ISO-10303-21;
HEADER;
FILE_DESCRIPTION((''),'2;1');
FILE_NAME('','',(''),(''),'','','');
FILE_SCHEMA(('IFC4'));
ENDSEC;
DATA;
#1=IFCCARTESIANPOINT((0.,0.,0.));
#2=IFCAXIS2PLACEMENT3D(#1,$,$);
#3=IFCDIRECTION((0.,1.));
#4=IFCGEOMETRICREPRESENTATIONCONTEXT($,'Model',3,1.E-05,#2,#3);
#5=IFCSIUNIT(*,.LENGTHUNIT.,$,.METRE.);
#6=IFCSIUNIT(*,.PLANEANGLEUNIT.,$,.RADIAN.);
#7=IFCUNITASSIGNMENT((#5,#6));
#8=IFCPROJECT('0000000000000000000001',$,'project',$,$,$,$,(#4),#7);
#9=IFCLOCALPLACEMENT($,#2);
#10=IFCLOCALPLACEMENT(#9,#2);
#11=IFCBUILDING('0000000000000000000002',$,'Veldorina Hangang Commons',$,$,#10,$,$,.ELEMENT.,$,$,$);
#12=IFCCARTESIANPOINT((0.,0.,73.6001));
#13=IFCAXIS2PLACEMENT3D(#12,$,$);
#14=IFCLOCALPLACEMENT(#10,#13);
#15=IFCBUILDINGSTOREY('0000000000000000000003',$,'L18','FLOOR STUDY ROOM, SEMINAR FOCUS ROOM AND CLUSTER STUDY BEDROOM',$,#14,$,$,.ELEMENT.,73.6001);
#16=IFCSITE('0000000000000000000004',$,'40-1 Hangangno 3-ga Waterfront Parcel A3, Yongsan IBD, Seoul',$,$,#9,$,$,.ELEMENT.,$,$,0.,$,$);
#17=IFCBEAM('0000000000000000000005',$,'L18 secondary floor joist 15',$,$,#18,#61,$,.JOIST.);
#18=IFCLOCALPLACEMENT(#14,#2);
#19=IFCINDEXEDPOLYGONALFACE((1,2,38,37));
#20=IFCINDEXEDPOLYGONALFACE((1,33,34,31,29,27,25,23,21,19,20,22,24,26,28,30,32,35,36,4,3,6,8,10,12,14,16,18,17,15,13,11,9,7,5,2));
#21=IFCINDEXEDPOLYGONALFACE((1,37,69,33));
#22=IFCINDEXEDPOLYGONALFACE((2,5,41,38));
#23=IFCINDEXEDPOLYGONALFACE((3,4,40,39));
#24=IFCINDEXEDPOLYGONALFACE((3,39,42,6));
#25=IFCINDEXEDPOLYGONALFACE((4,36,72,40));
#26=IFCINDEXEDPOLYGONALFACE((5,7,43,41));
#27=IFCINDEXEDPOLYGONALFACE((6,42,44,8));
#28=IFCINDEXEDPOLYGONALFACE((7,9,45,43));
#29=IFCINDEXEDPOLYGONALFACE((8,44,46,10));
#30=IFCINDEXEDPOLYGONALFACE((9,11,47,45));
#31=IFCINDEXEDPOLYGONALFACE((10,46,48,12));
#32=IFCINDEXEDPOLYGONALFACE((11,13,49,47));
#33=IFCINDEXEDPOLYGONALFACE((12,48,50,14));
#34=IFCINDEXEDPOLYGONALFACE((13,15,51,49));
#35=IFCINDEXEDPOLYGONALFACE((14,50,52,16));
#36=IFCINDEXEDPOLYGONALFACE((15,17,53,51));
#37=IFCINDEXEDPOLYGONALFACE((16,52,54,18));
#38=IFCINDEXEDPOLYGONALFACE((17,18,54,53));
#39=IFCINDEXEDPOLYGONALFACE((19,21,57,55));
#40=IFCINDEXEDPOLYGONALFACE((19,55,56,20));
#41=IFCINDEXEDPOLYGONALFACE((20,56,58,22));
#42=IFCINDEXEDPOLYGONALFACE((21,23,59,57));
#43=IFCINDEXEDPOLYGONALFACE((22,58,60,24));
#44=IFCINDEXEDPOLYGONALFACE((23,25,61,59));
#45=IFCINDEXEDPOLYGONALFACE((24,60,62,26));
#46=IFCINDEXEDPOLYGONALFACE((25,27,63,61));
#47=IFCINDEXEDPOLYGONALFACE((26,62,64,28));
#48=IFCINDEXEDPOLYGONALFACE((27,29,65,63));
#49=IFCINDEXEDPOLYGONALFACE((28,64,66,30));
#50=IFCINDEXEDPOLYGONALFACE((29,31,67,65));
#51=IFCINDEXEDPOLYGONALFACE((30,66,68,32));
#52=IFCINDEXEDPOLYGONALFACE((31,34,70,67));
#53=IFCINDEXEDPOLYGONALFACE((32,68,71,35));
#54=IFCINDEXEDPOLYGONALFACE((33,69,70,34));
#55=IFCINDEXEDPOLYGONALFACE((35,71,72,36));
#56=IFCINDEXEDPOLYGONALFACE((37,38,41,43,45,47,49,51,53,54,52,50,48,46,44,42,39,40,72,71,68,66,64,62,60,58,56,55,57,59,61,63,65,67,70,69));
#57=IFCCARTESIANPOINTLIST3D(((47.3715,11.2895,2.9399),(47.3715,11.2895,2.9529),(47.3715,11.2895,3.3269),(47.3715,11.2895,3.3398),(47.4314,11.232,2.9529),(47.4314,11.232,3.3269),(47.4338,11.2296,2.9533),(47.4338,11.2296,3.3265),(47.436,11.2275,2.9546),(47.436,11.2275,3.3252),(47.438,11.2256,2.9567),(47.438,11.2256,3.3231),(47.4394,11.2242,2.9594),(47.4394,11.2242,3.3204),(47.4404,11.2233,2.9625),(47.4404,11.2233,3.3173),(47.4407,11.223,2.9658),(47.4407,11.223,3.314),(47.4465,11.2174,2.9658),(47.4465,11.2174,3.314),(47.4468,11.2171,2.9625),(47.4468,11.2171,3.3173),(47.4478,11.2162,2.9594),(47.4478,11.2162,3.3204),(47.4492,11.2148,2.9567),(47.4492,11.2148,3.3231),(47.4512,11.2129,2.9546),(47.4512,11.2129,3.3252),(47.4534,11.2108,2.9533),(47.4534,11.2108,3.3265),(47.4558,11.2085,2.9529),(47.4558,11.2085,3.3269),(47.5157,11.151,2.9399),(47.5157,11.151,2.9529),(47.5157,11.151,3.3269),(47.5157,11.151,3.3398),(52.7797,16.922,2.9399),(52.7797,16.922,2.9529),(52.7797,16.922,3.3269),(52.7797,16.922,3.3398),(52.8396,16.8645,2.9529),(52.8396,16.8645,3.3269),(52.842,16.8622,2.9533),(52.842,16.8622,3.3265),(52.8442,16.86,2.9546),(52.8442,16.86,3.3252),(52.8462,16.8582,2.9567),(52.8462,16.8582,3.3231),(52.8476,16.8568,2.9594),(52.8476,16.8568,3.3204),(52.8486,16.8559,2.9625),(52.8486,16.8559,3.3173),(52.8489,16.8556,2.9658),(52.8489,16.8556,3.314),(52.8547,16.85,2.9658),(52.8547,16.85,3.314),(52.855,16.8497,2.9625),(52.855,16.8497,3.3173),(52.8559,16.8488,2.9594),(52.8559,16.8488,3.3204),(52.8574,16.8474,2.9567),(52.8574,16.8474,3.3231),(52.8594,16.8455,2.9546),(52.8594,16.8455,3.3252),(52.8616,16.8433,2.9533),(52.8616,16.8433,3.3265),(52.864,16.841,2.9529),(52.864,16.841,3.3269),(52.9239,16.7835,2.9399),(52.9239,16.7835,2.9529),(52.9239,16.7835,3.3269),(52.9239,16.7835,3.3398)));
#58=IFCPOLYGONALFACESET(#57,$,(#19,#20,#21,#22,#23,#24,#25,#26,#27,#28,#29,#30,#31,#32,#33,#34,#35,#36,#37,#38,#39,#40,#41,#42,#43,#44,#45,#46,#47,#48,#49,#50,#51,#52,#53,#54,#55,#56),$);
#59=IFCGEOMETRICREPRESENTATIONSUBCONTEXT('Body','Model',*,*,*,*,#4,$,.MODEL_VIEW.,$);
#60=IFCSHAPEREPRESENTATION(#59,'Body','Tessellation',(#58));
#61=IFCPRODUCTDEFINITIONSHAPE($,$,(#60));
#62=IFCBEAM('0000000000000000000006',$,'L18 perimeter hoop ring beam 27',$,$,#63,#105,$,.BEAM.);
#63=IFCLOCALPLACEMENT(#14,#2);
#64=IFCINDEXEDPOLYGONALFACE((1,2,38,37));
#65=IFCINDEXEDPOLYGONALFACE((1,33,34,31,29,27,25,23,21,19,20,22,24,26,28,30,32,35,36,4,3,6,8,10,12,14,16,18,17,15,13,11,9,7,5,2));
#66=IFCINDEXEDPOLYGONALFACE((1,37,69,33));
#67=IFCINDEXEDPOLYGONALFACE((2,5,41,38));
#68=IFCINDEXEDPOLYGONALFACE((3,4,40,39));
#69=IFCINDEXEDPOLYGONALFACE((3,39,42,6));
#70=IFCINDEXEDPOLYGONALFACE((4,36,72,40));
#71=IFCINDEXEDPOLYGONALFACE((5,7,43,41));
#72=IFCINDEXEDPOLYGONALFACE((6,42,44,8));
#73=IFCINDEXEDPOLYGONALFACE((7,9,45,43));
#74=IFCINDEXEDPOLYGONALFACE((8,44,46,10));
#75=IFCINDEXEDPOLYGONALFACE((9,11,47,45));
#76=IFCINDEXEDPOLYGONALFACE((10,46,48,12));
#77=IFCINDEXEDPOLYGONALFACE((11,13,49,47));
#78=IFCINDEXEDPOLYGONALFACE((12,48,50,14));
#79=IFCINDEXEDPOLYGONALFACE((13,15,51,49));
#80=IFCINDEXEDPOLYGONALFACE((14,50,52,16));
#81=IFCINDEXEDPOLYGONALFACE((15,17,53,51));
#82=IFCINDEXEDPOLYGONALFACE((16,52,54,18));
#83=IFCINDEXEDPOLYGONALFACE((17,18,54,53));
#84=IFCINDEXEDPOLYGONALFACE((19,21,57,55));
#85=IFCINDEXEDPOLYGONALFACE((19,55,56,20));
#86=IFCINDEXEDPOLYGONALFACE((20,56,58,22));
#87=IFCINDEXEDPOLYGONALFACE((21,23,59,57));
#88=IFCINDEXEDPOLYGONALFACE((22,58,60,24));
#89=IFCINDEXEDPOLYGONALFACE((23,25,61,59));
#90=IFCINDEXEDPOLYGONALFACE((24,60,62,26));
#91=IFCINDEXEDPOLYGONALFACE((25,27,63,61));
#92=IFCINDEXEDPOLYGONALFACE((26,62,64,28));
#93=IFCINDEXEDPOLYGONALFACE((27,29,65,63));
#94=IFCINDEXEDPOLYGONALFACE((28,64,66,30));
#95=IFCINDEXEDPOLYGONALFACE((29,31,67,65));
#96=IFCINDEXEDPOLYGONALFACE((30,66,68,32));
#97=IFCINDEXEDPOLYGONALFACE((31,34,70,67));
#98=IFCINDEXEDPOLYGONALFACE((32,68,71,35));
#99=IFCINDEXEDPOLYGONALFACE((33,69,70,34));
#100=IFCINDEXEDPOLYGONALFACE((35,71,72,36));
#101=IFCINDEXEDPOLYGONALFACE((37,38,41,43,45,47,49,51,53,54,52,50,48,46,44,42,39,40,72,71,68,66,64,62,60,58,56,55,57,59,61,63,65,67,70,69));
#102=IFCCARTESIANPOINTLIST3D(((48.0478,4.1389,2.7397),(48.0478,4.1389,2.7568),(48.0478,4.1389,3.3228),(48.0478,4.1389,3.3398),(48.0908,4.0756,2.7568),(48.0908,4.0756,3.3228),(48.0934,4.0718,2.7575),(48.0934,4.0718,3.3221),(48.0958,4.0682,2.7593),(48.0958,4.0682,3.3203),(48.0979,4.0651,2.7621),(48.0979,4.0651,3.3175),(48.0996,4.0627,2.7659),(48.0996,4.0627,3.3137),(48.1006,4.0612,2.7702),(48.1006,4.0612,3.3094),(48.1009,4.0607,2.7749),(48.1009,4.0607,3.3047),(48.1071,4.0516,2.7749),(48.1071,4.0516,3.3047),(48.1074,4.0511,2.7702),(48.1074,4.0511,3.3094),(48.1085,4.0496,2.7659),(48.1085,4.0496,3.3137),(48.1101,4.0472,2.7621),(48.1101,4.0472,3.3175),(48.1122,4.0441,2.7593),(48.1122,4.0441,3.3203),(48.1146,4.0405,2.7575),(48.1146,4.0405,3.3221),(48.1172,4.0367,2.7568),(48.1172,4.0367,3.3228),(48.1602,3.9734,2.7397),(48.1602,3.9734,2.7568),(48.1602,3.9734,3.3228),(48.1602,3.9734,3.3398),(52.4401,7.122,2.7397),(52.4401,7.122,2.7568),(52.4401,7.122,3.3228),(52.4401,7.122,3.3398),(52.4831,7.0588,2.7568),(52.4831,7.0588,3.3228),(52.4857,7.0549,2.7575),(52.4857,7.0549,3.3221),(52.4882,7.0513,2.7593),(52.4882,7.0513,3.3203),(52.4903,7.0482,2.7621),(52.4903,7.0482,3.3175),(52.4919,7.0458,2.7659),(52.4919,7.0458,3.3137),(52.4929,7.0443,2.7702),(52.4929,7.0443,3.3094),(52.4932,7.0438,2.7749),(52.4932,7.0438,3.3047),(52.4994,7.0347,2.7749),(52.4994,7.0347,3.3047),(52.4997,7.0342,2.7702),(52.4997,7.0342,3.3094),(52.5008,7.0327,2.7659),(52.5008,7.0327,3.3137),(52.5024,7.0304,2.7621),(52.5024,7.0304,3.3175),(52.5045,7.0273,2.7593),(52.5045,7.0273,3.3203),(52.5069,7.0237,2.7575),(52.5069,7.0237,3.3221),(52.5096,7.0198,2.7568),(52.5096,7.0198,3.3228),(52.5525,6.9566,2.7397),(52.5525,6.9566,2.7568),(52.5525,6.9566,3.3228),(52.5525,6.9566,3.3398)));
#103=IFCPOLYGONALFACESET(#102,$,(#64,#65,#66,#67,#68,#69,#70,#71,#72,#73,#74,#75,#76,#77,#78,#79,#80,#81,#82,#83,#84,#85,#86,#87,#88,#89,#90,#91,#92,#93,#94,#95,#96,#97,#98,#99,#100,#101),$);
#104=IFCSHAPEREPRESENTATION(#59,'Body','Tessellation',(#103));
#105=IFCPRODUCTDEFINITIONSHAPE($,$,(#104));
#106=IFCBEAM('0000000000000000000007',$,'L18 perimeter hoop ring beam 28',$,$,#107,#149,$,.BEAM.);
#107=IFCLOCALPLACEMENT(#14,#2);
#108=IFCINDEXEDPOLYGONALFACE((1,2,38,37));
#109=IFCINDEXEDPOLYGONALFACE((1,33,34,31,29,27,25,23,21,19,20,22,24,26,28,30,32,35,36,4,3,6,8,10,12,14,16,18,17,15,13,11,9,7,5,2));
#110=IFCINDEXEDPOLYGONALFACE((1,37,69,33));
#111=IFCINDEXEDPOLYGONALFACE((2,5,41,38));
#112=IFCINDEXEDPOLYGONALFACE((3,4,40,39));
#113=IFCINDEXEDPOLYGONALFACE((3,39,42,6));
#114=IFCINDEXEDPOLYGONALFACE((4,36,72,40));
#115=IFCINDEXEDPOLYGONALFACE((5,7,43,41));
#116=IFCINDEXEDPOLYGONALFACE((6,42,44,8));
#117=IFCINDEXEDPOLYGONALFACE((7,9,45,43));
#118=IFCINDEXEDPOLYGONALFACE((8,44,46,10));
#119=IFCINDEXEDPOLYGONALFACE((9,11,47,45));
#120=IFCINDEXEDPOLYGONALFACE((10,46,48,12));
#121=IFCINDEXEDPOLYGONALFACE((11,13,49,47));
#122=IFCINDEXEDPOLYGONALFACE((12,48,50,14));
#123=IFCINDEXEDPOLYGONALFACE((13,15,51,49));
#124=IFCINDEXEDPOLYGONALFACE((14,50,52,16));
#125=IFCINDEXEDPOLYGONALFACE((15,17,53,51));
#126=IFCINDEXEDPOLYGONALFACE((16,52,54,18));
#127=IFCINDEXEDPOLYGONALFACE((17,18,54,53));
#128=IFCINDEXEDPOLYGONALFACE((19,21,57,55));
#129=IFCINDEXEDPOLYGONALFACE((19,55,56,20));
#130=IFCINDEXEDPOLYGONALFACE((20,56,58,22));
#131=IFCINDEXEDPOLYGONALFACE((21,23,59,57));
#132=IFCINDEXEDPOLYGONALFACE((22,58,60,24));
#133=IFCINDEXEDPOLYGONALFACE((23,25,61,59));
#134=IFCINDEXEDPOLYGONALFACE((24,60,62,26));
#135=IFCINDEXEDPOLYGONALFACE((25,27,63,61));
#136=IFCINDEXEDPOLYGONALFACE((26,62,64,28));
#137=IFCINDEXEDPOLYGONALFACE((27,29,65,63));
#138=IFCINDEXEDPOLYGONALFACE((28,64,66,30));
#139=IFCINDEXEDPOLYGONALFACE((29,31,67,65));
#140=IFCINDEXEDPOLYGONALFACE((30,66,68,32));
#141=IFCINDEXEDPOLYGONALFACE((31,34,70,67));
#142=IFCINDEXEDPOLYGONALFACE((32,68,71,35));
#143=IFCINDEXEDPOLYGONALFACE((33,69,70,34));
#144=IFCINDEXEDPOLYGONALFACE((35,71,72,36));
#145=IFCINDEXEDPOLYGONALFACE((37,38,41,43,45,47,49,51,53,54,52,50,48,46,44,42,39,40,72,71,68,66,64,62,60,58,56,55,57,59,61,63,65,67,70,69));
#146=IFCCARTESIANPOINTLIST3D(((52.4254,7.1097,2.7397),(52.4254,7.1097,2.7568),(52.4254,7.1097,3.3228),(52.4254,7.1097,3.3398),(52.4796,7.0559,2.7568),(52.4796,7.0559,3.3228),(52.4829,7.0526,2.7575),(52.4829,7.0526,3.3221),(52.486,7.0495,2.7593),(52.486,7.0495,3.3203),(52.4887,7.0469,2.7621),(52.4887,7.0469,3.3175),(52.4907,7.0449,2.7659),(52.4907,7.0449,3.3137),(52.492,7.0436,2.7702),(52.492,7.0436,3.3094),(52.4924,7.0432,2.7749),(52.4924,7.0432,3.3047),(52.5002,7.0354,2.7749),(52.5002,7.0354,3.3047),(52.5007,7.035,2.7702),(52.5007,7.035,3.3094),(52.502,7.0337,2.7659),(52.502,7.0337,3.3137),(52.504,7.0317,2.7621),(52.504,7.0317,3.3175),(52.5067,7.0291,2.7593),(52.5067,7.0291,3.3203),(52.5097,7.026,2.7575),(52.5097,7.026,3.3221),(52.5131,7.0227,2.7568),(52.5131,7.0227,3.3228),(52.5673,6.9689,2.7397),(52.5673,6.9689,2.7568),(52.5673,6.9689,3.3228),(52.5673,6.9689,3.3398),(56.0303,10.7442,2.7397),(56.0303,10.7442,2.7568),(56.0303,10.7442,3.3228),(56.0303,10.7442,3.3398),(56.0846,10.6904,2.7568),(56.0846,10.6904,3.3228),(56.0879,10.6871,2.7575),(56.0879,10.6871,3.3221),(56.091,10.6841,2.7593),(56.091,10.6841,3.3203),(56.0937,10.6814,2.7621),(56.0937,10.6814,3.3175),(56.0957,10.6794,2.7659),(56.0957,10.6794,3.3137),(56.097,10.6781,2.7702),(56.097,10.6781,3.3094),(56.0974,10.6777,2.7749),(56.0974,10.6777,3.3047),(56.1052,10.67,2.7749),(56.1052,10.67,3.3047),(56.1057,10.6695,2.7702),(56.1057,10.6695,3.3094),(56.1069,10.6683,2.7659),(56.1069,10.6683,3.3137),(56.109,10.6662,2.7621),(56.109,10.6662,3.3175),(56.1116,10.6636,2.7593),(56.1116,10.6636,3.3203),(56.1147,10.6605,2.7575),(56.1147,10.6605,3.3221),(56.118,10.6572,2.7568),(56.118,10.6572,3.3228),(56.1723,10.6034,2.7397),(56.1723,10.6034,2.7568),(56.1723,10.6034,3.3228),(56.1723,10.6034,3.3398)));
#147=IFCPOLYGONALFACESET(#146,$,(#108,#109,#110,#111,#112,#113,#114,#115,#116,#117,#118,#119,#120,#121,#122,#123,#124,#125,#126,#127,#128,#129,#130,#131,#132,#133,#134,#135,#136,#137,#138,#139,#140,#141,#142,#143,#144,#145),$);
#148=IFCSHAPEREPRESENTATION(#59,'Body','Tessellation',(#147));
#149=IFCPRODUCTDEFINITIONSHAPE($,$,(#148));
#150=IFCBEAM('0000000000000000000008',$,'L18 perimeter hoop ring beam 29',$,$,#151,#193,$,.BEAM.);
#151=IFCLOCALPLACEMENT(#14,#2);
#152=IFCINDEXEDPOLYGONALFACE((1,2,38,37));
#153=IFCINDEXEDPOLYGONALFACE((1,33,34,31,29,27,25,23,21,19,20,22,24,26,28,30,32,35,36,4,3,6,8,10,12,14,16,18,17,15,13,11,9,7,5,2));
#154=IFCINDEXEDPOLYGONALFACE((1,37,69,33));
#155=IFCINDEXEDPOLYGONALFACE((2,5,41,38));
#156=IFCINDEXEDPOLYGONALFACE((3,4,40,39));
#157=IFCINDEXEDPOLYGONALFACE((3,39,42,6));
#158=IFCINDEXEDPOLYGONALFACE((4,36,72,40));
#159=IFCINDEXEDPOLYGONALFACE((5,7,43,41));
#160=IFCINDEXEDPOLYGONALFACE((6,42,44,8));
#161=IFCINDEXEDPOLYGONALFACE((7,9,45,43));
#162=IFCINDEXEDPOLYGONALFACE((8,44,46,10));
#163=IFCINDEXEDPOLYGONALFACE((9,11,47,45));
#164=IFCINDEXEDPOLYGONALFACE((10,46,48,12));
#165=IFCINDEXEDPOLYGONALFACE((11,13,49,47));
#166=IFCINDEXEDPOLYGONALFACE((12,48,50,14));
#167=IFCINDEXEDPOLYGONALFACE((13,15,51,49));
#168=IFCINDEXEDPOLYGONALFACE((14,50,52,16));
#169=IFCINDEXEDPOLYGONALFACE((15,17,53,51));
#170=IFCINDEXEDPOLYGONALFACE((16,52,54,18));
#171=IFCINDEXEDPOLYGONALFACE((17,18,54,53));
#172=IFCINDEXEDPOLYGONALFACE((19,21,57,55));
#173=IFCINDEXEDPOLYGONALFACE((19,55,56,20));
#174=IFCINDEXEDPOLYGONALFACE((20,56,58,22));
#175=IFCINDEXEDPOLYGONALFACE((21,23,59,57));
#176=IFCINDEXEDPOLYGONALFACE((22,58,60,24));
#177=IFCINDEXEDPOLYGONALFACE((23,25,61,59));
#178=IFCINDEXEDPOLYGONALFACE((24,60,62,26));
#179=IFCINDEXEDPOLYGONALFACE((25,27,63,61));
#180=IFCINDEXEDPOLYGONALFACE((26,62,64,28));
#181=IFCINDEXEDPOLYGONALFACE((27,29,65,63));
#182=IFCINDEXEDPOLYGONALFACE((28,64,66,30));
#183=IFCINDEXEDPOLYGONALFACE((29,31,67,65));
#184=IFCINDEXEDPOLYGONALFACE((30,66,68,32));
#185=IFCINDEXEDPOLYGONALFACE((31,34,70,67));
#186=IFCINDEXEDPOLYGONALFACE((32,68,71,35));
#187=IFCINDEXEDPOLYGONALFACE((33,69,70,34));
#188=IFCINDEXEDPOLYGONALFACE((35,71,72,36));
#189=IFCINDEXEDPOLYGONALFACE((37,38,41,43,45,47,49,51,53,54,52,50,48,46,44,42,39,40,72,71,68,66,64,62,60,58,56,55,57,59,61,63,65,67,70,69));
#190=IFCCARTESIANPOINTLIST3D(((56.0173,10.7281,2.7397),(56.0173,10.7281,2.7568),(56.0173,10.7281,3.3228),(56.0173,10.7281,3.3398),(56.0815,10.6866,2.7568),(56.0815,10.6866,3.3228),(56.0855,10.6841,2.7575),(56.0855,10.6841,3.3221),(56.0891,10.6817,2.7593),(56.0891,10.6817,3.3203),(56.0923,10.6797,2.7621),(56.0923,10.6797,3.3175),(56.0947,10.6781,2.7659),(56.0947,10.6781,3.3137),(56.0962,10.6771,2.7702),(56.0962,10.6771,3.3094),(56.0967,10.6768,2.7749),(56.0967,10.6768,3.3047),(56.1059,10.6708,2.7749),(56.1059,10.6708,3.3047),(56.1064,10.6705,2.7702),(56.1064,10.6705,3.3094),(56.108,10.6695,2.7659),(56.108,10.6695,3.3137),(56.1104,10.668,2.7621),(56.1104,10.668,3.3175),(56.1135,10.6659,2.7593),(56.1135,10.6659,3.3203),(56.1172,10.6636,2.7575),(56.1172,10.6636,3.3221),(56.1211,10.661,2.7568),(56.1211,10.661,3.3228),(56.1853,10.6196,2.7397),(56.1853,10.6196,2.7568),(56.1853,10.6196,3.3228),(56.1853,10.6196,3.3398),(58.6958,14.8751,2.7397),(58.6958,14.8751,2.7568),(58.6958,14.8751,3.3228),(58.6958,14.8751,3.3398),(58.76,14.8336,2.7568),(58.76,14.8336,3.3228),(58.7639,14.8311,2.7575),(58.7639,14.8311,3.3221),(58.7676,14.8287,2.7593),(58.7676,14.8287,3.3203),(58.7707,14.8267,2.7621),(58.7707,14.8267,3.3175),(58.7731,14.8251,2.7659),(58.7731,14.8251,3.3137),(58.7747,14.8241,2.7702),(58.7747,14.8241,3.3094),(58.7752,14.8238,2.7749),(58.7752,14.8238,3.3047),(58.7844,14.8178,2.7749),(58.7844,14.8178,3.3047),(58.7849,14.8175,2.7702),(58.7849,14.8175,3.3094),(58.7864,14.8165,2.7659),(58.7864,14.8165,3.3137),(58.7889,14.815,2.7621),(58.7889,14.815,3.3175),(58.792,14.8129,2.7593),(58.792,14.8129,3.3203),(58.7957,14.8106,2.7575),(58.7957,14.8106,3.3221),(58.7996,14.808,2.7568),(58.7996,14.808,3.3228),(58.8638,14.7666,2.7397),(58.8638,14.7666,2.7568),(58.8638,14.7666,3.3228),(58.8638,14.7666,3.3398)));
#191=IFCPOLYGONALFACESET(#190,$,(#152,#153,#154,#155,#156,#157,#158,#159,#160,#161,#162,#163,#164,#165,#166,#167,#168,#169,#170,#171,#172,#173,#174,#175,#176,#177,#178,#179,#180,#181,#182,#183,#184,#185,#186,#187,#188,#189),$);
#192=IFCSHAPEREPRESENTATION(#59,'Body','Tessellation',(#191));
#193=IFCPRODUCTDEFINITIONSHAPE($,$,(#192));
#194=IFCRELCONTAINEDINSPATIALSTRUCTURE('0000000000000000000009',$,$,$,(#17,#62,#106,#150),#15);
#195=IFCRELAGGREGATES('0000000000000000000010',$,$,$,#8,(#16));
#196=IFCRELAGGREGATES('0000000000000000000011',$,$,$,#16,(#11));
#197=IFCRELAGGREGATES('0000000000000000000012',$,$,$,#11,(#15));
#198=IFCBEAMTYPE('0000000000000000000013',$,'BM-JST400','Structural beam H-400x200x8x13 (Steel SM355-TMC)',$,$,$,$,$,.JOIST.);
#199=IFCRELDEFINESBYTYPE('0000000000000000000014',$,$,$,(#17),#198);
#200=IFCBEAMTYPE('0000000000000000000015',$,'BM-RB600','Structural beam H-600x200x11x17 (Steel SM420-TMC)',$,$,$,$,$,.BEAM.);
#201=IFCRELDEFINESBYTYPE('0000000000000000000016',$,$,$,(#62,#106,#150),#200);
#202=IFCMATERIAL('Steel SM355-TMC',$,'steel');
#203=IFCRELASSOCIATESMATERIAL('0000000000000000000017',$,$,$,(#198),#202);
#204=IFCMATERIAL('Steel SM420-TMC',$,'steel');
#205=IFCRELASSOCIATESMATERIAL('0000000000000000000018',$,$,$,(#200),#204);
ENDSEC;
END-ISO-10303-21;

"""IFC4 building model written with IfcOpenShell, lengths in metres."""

from ifc_helpers import new_model, si_unit, direction, frame, origin, origin_2d, place, context, subcontext, project, spatial, i_section, extrude, material, material_profile, profile_set, type_object, element, save


model = new_model("IFC4")

# Units and contexts
model_context = context("Model", 3, precision=1e-05, world=origin(), true_north=direction((0.0, 1.0)))
body_context = subcontext(model_context, "Body", "Model", "MODEL_VIEW")
ifc_project = project(units=[si_unit("LENGTHUNIT", "METRE"), si_unit("PLANEANGLEUNIT", "RADIAN")], contexts=[model_context])

# Site, building, storey
site_placement = place(None, origin())
site = spatial("IfcSite", under=ifc_project, at=site_placement, Name="40-1 Hangangno 3-ga Waterfront Parcel A3, Yongsan IBD, Seoul", CompositionType="ELEMENT", RefElevation=0.0)
building_placement = place(site_placement, origin())
building = spatial("IfcBuilding", under=site, at=building_placement, Name="Veldorina Hangang Commons", CompositionType="ELEMENT")
storey_placement = place(building_placement, frame((0.0, 0.0, 73.6001)))
storey = spatial("IfcBuildingStorey", under=building, at=storey_placement, Name="L18", Description="FLOOR STUDY ROOM, SEMINAR FOCUS ROOM AND CLUSTER STUDY BEDROOM", CompositionType="ELEMENT", Elevation=73.6001)

# Beams
ifc_material_1 = material(Name="Steel SM355-TMC", Category="steel")
ifc_material_profile_1 = material_profile(ifc_material_1, i_section(OverallWidth=0.2, OverallDepth=0.3999, WebThickness=0.0081, FlangeThickness=0.0129, FilletRadius=0.0129, at=origin_2d()), Name="H-400x200x8x13")
ifc_profile_set_1 = profile_set([ifc_material_profile_1], Name="Steel SM355-TMC")
beam_type_1 = type_object("IfcBeamType", Name="BM-JST400", Description="Structural beam H-400x200x8x13 (Steel SM355-TMC)", PredefinedType="JOIST", material=ifc_profile_set_1)
beam_1_placement = place(storey_placement, frame((47.4436, 11.2202, 3.1399), z_axis=(0.692594, 0.721327, 0.0), x_axis=(-0.721327, 0.692594, 0.0)))
element("IfcBeam", 1, at=beam_1_placement, inside=storey, type_object=beam_type_1, Name="L18 secondary floor joist 15", PredefinedType="JOIST", context=body_context, shape_type="SweptSolid", body=[
    extrude(i_section(OverallWidth=0.2, OverallDepth=0.3999, WebThickness=0.0081, FlangeThickness=0.0129, FilletRadius=0.0129, at=origin_2d()), origin(), (0.0, 0.0, 1.0), 7.8086),
])
ifc_material_2 = material(Name="Steel SM420-TMC", Category="steel")
ifc_material_profile_2 = material_profile(ifc_material_2, i_section(OverallWidth=0.2, OverallDepth=0.6001, WebThickness=0.011, FlangeThickness=0.0171, FilletRadius=0.0181, at=origin_2d()), Name="H-600x200x11x17")
ifc_profile_set_2 = profile_set([ifc_material_profile_2], Name="Steel SM420-TMC")
beam_type_2 = type_object("IfcBeamType", Name="BM-RB600", Description="Structural beam H-600x200x11x17 (Steel SM420-TMC)", PredefinedType="BEAM", material=ifc_profile_set_2)
beam_2_placement = place(storey_placement, frame((48.104, 4.0562, 3.0398), z_axis=(0.827245, 0.561842, 0.0), x_axis=(-0.561842, 0.827245, 0.0)))
element("IfcBeam", 2, at=beam_2_placement, inside=storey, type_object=beam_type_2, Name="L18 perimeter hoop ring beam 27", PredefinedType="BEAM", context=body_context, shape_type="SweptSolid", body=[
    extrude(i_section(OverallWidth=0.2, OverallDepth=0.6001, WebThickness=0.011, FlangeThickness=0.0171, FilletRadius=0.0181, at=origin_2d()), origin(), (0.0, 0.0, 1.0), 5.3096),
])
beam_3_placement = place(storey_placement, frame((52.4963, 7.0393, 3.0398), z_axis=(0.704216, 0.709986, 0.0), x_axis=(-0.709986, 0.704216, 0.0)))
element("IfcBeam", 3, at=beam_3_placement, inside=storey, type_object=beam_type_2, Name="L18 perimeter hoop ring beam 28", PredefinedType="BEAM", context=body_context, shape_type="SweptSolid", body=[
    extrude(i_section(OverallWidth=0.2, OverallDepth=0.6001, WebThickness=0.011, FlangeThickness=0.0171, FilletRadius=0.0181, at=origin_2d()), origin(), (0.0, 0.0, 1.0), 5.1191),
])
beam_4_placement = place(storey_placement, frame((56.1013, 10.6738, 3.0398), z_axis=(0.542556, 0.84002, 0.0), x_axis=(-0.84002, 0.542556, 0.0)))
element("IfcBeam", 4, at=beam_4_placement, inside=storey, type_object=beam_type_2, Name="L18 perimeter hoop ring beam 29", PredefinedType="BEAM", context=body_context, shape_type="SweptSolid", body=[
    extrude(i_section(OverallWidth=0.2, OverallDepth=0.6001, WebThickness=0.011, FlangeThickness=0.0171, FilletRadius=0.0181, at=origin_2d()), origin(), (0.0, 0.0, 1.0), 4.9368),
])

save(model, "model.ifc")
